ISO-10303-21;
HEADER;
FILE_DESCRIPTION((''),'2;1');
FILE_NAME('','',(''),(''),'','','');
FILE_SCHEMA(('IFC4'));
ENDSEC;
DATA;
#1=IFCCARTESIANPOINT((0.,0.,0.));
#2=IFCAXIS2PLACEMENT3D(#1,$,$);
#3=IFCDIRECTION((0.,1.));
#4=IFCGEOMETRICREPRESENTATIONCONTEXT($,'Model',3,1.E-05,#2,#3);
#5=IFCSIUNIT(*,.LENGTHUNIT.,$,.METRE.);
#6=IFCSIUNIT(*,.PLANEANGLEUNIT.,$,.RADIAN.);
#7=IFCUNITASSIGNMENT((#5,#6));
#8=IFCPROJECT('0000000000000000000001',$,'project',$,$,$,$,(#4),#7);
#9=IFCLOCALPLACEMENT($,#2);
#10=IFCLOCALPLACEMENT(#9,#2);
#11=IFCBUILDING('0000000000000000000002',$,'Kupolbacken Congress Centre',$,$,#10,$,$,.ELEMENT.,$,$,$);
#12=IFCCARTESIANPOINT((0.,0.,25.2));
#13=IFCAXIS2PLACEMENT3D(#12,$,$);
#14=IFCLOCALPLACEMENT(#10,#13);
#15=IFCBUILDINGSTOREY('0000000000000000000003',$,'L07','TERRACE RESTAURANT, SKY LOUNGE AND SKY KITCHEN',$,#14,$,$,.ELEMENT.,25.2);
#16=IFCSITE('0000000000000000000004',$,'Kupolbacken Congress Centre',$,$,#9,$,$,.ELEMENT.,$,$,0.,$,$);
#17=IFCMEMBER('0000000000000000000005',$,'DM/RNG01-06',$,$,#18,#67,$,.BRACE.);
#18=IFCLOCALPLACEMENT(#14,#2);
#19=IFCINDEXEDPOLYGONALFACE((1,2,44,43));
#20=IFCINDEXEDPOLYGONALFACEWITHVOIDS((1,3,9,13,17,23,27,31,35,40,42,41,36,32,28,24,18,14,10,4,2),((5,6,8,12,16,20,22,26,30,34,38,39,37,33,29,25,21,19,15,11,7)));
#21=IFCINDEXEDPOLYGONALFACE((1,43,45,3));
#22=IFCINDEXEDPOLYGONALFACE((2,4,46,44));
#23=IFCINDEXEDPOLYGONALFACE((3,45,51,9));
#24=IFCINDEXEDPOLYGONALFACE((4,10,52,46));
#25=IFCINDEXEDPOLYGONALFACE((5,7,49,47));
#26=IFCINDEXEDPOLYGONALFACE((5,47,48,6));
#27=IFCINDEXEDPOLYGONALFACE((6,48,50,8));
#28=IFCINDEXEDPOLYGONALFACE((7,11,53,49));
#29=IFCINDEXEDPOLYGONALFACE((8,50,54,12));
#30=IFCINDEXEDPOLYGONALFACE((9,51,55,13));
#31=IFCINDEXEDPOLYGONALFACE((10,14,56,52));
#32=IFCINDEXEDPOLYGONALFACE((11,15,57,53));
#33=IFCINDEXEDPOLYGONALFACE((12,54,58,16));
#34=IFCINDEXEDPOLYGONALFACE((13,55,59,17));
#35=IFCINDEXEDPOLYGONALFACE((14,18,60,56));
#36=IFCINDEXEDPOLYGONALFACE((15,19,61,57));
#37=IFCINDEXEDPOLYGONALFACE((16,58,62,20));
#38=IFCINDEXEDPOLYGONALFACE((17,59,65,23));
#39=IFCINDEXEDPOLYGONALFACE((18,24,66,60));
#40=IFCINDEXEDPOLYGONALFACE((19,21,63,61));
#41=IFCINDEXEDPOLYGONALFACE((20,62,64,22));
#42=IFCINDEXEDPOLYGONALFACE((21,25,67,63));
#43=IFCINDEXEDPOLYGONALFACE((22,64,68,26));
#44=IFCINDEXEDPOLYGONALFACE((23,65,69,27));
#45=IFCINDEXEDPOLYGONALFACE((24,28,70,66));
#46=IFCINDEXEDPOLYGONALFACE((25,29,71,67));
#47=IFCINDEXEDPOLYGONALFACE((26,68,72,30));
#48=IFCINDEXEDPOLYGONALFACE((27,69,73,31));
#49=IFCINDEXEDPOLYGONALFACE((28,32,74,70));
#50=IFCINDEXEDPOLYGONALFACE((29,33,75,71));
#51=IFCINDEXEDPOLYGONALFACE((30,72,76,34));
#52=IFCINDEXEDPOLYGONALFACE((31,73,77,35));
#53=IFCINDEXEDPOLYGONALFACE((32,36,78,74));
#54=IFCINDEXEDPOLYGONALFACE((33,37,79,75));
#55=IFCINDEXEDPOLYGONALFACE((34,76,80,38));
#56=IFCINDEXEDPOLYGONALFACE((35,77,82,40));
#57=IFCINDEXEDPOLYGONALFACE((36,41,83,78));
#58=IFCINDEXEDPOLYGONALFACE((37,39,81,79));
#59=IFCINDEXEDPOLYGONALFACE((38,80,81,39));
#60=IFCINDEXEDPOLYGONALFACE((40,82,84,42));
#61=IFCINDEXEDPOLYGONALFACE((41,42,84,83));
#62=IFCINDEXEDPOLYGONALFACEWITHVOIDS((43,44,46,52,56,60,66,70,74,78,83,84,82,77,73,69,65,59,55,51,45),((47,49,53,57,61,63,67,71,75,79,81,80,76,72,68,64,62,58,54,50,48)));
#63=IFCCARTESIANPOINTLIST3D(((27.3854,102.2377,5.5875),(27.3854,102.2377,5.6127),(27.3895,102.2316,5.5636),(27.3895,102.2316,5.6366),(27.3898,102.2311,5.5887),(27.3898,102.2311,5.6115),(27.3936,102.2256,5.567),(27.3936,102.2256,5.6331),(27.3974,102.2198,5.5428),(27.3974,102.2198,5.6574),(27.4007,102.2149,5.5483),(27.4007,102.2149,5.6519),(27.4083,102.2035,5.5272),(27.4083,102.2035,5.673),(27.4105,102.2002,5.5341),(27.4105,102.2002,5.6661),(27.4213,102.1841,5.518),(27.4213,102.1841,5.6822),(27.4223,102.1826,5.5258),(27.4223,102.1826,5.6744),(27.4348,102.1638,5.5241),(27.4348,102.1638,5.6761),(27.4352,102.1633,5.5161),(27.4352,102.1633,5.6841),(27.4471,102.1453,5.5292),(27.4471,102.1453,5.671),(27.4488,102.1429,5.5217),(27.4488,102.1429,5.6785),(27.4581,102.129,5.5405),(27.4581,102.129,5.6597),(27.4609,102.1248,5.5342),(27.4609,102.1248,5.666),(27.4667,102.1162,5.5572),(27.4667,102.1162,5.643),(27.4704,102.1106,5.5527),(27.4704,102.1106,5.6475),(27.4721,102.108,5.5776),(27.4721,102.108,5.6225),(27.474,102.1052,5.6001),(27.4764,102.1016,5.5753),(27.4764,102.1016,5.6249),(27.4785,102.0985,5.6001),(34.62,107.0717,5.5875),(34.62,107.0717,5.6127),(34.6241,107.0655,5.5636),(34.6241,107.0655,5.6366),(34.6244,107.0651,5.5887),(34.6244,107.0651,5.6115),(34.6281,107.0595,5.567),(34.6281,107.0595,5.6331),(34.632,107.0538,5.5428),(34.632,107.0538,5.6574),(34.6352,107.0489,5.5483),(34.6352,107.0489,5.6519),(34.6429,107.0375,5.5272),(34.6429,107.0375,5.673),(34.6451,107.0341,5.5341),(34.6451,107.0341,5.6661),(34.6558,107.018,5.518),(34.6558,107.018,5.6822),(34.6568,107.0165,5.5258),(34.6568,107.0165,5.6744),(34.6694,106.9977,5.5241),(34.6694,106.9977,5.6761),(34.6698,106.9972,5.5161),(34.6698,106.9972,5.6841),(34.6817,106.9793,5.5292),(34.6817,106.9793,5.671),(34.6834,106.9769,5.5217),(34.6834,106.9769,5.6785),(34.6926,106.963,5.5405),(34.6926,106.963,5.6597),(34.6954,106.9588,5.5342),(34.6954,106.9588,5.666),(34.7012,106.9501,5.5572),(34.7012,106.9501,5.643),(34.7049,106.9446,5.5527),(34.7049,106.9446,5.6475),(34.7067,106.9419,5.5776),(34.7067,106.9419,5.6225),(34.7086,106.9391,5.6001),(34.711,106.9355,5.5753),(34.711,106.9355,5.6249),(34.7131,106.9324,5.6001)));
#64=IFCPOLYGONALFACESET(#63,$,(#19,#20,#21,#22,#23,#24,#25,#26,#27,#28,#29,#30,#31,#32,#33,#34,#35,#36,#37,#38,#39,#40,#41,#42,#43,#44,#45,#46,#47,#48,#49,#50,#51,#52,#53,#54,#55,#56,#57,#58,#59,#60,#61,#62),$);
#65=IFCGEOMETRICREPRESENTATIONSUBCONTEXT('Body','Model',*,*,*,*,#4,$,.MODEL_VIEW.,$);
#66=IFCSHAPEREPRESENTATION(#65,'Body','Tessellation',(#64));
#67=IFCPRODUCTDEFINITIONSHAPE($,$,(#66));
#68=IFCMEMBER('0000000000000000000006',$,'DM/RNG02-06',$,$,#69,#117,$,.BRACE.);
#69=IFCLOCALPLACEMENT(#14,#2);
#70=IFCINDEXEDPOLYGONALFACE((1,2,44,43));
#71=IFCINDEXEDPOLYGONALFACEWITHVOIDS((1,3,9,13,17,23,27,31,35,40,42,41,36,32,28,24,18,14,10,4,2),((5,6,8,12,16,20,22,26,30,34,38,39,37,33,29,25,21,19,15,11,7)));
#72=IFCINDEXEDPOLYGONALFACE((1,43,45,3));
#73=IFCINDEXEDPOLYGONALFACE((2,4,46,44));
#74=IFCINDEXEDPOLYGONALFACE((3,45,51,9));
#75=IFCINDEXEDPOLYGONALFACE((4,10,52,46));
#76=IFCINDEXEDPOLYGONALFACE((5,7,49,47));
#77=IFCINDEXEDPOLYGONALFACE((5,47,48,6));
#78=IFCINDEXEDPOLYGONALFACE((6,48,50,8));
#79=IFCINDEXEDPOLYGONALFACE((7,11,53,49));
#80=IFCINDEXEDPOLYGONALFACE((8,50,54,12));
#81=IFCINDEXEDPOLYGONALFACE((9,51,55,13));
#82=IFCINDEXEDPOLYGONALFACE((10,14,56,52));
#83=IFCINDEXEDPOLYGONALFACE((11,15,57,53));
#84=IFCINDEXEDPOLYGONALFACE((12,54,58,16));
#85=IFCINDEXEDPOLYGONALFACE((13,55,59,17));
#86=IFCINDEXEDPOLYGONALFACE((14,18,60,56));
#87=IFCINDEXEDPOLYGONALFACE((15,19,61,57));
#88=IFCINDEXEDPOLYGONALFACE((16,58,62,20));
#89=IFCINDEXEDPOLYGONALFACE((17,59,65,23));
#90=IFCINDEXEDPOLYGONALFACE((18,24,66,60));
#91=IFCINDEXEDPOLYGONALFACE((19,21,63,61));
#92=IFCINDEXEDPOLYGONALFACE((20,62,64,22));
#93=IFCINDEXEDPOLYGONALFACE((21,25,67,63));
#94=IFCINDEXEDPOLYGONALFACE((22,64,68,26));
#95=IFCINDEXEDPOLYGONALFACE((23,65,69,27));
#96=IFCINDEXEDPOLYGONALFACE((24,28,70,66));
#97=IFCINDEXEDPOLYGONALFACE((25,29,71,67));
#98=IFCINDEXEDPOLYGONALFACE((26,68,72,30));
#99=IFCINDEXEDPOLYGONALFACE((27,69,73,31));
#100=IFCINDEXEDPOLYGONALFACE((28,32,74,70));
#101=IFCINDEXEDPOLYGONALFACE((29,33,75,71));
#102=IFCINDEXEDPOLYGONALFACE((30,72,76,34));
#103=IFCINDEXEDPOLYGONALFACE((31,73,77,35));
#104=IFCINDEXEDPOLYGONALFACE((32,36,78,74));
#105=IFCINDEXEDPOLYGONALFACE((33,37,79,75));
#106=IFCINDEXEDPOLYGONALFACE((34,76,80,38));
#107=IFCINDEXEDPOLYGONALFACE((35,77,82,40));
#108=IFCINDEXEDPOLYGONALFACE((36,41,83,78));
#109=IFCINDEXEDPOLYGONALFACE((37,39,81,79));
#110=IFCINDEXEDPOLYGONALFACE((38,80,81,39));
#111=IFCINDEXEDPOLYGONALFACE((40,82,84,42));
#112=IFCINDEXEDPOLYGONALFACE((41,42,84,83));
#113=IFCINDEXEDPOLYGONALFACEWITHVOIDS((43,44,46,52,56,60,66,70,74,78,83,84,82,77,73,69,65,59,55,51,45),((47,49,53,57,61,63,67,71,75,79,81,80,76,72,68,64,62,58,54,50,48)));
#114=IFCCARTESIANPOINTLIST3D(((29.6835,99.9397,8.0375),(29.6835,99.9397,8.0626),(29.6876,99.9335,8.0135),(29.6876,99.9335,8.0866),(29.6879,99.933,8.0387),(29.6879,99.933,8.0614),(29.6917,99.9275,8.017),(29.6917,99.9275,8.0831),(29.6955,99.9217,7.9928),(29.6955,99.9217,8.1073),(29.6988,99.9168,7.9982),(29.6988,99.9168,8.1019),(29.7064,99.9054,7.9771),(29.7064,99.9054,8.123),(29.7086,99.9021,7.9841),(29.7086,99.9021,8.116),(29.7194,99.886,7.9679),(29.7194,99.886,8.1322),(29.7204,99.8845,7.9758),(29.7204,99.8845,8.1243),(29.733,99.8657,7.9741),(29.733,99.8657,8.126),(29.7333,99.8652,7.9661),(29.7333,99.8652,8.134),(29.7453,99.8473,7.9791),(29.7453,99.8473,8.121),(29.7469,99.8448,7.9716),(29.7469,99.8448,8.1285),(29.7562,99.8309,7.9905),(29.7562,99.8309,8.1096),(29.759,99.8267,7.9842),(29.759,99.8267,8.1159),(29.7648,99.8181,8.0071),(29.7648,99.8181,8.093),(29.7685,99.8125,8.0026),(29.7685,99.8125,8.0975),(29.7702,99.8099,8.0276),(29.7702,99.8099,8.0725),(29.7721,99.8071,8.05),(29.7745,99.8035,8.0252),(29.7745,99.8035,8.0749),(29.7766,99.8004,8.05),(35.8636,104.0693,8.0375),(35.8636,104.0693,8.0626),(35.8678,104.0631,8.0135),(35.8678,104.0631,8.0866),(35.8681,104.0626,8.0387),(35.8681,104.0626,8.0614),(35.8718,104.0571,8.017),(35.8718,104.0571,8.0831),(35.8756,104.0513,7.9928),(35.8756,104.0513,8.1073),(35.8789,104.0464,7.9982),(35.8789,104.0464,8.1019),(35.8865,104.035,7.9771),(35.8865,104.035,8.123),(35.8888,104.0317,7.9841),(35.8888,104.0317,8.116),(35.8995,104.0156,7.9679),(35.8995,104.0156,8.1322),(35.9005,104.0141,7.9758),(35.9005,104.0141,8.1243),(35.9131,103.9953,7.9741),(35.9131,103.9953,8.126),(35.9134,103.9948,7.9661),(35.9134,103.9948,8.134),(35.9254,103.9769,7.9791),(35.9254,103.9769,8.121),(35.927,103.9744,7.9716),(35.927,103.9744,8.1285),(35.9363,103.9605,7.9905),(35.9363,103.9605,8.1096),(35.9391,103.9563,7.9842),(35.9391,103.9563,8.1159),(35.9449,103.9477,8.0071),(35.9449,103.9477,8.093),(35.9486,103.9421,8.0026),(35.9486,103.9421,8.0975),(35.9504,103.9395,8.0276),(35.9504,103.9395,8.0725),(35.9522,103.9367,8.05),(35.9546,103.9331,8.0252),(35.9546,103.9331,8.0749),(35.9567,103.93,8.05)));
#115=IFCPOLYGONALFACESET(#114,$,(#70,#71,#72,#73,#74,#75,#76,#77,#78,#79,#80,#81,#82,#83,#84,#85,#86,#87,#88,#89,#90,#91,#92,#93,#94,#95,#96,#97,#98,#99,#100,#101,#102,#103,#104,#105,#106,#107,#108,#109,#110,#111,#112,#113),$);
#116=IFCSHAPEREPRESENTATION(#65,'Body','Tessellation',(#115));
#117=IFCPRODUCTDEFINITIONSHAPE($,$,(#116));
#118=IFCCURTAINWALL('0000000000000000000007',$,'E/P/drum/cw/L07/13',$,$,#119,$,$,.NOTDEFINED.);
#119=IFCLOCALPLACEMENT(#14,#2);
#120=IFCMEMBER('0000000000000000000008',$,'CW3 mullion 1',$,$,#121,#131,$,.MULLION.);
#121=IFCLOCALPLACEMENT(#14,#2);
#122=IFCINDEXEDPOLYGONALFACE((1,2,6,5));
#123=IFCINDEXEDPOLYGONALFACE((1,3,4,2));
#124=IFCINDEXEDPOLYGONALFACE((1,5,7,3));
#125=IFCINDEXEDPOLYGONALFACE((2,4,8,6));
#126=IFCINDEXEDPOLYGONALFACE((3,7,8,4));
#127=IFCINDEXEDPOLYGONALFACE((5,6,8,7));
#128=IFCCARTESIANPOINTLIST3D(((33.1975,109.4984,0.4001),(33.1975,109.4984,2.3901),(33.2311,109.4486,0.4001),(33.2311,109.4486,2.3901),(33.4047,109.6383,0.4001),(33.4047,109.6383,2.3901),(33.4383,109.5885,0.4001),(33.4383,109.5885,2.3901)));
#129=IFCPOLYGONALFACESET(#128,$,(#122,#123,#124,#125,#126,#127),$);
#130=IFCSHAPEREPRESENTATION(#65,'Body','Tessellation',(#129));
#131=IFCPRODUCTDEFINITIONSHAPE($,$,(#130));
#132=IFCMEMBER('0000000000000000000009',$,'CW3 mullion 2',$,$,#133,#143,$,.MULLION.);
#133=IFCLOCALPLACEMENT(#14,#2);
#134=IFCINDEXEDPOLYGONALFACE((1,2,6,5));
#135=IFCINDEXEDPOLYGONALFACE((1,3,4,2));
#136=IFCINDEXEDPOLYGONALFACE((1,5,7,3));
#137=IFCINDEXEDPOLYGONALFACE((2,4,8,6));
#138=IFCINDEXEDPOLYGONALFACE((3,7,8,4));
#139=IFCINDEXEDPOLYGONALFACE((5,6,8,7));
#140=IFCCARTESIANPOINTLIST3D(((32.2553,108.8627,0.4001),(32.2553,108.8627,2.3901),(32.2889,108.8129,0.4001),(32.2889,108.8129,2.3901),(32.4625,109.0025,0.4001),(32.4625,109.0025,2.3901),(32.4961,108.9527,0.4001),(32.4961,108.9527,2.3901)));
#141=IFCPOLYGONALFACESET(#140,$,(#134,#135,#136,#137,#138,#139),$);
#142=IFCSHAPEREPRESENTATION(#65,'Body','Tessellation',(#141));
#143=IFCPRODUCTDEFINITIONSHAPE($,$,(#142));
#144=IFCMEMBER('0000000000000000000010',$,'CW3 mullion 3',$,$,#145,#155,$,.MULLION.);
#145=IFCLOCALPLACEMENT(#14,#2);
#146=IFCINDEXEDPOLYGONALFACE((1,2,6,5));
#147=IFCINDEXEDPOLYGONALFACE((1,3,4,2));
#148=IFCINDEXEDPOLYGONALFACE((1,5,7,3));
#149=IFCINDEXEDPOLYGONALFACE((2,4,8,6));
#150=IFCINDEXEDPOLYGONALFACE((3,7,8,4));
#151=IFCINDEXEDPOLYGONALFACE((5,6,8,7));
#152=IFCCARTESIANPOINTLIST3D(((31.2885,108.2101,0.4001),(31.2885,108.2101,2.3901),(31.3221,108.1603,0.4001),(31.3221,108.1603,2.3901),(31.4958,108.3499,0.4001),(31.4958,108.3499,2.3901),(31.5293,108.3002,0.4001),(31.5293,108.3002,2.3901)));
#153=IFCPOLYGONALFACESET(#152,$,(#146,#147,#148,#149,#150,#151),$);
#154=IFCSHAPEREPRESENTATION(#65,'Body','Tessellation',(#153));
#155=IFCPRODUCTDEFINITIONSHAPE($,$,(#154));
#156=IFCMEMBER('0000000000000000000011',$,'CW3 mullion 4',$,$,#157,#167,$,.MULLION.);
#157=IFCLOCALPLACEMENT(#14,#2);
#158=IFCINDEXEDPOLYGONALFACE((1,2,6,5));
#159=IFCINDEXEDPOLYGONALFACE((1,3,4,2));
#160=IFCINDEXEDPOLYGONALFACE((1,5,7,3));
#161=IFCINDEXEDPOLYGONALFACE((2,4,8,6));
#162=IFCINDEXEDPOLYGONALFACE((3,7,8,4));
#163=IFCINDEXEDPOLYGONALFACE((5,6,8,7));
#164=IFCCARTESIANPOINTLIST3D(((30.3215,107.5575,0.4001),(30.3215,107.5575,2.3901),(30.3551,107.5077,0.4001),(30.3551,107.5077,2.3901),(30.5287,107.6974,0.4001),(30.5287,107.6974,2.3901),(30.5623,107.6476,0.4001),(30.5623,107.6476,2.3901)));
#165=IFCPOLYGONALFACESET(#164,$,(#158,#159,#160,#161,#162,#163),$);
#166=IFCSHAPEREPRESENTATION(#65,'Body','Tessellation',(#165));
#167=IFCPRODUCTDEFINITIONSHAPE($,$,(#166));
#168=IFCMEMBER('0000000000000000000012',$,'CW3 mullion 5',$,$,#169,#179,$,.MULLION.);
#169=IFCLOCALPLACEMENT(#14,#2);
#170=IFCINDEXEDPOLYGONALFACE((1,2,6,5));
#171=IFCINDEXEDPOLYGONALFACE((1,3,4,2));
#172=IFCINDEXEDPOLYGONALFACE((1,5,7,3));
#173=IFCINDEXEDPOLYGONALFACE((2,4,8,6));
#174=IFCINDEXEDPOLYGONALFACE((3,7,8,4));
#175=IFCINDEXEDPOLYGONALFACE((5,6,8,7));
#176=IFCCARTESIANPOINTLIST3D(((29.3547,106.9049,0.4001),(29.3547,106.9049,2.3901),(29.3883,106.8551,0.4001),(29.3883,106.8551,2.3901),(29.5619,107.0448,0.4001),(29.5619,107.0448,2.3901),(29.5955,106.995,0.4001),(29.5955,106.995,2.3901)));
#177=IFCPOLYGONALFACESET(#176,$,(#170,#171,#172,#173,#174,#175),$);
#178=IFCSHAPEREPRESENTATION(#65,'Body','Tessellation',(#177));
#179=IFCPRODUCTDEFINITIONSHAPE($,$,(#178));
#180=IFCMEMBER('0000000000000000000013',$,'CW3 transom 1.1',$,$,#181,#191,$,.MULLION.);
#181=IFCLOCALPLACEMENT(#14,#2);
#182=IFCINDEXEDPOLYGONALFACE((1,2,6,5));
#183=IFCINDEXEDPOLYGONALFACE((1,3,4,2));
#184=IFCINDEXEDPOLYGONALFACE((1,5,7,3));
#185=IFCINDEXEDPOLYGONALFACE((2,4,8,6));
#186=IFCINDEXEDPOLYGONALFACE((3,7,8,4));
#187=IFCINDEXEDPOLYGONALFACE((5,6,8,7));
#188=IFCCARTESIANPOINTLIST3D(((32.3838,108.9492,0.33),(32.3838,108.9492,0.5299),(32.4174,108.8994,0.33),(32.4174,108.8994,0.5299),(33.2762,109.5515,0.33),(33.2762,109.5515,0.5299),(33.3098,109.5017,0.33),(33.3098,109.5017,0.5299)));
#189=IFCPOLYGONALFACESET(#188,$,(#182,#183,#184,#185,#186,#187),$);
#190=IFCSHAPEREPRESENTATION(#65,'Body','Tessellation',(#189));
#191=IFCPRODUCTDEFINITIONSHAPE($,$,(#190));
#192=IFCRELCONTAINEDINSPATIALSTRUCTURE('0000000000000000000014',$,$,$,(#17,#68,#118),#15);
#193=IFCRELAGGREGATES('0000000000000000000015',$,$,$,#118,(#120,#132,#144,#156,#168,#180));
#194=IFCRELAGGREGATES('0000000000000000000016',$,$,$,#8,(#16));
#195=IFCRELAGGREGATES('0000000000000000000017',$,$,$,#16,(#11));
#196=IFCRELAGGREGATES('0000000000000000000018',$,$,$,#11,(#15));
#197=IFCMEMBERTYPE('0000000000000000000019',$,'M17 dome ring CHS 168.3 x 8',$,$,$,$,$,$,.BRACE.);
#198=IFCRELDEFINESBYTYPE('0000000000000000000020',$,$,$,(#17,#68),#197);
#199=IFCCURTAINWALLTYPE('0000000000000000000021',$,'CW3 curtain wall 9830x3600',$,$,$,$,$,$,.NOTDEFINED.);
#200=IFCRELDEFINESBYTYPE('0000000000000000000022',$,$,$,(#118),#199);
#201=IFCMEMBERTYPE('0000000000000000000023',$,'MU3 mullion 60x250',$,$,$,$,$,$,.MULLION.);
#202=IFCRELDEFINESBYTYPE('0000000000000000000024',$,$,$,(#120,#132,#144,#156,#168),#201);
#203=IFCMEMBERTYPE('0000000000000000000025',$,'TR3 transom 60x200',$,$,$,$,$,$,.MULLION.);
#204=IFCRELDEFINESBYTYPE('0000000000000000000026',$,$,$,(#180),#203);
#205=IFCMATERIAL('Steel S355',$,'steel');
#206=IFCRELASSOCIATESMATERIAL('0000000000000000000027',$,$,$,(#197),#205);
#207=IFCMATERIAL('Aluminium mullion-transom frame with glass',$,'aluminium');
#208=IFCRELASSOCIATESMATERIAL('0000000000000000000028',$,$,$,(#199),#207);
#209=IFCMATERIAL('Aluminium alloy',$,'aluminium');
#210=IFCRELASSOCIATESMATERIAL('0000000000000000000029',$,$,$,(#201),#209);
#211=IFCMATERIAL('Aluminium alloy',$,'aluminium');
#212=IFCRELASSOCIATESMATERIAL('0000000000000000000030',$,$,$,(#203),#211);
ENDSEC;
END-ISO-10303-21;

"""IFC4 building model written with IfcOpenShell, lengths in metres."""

from ifc_helpers import new_model, si_unit, direction, frame, origin, origin_2d, place, context, subcontext, project, spatial, rectangle, hollow_circle, extrude, material, material_profile, profile_set, type_object, element, aggregate, save


model = new_model("IFC4")

# Units and contexts
model_context = context("Model", 3, precision=1e-05, world=origin(), true_north=direction((0.0, 1.0)))
body_context = subcontext(model_context, "Body", "Model", "MODEL_VIEW")
ifc_project = project(units=[si_unit("LENGTHUNIT", "METRE"), si_unit("PLANEANGLEUNIT", "RADIAN")], contexts=[model_context])

# Site, building, storey
site_placement = place(None, origin())
site = spatial("IfcSite", under=ifc_project, at=site_placement, Name="Kupolbacken Congress Centre", CompositionType="ELEMENT", RefElevation=0.0)
building_placement = place(site_placement, origin())
building = spatial("IfcBuilding", under=site, at=building_placement, Name="Kupolbacken Congress Centre", CompositionType="ELEMENT")
storey_placement = place(building_placement, frame((0.0, 0.0, 25.2)))
storey = spatial("IfcBuildingStorey", under=building, at=storey_placement, Name="L07", Description="TERRACE RESTAURANT, SKY LOUNGE AND SKY KITCHEN", CompositionType="ELEMENT", Elevation=25.2)

# Members
ifc_material_1 = material(Name="Steel S355", Category="steel")
ifc_material_profile_1 = material_profile(ifc_material_1, hollow_circle(Radius=0.0842, WallThickness=0.0081, at=origin_2d()), Name="CHS 168.3 x 8")
ifc_profile_set_1 = profile_set([ifc_material_profile_1], Name="Steel S355")
member_type_1 = type_object("IfcMemberType", Name="M17 dome ring CHS 168.3 x 8", PredefinedType="BRACE", material=ifc_profile_set_1)
member_1_placement = place(storey_placement, frame((34.6663, 107.0024, 5.6001), z_axis=(-0.831471, -0.555568, 0.0), x_axis=(0.555568, -0.831471, 0.0)))
element("IfcMember", 1, at=member_1_placement, inside=storey, type_object=member_type_1, Name="DM/RNG01-06", PredefinedType="BRACE", context=body_context, shape_type="SweptSolid", body=[
    extrude(hollow_circle(Radius=0.0842, WallThickness=0.0081, at=origin_2d()), origin(), (0.0, 0.0, 1.0), 8.7009),
])
member_2_placement = place(storey_placement, frame((35.9099, 104.0, 8.05), z_axis=(-0.831459, -0.555587, 0.0), x_axis=(0.555587, -0.831459, 0.0)))
element("IfcMember", 2, at=member_2_placement, inside=storey, type_object=member_type_1, Name="DM/RNG02-06", PredefinedType="BRACE", context=body_context, shape_type="SweptSolid", body=[
    extrude(hollow_circle(Radius=0.0842, WallThickness=0.0081, at=origin_2d()), origin(), (0.0, 0.0, 1.0), 7.4329),
])

# Curtain wall, members
ifc_material_2 = material(Name="Aluminium mullion-transom frame with glass", Category="aluminium")
curtain_wall_type = type_object("IfcCurtainWallType", Name="CW3 curtain wall 9830x3600", PredefinedType="NOTDEFINED", material=ifc_material_2)
curtain_wall_placement = place(storey_placement, origin())
curtain_wall = element("IfcCurtainWall", 3, at=curtain_wall_placement, inside=storey, type_object=curtain_wall_type, Name="E/P/drum/cw/L07/13", PredefinedType="NOTDEFINED")
ifc_material_3 = material(Name="Aluminium alloy", Category="aluminium")
ifc_material_profile_2 = material_profile(ifc_material_3, rectangle(XDim=0.0601, YDim=0.25, at=origin_2d()), Name="60 x 250")
ifc_profile_set_2 = profile_set([ifc_material_profile_2], Name="Aluminium alloy")
member_type_2 = type_object("IfcMemberType", Name="MU3 mullion 60x250", PredefinedType="MULLION", material=ifc_profile_set_2)
member_3_placement = place(storey_placement, frame((33.3179, 109.5435, 0.4001), z_axis=(0.0, 0.0, 1.0), x_axis=(0.559386, -0.828908, 0.0)))
member_3 = element("IfcMember", 4, at=member_3_placement, type_object=member_type_2, Name="CW3 mullion 1", PredefinedType="MULLION", context=body_context, shape_type="SweptSolid", body=[
    extrude(rectangle(XDim=0.0601, YDim=0.25, at=origin_2d()), origin(), (0.0, 0.0, 1.0), 1.99),
])
member_4_placement = place(storey_placement, frame((32.3757, 108.9077, 0.4001), z_axis=(0.0, 0.0, 1.0), x_axis=(0.559386, -0.828908, 0.0)))
member_4 = element("IfcMember", 5, at=member_4_placement, type_object=member_type_2, Name="CW3 mullion 2", PredefinedType="MULLION", context=body_context, shape_type="SweptSolid", body=[
    extrude(rectangle(XDim=0.0601, YDim=0.25, at=origin_2d()), origin(), (0.0, 0.0, 1.0), 1.99),
])
member_5_placement = place(storey_placement, frame((31.4089, 108.2551, 0.4001), z_axis=(0.0, 0.0, 1.0), x_axis=(0.559386, -0.828908, 0.0)))
member_5 = element("IfcMember", 6, at=member_5_placement, type_object=member_type_2, Name="CW3 mullion 3", PredefinedType="MULLION", context=body_context, shape_type="SweptSolid", body=[
    extrude(rectangle(XDim=0.0601, YDim=0.25, at=origin_2d()), origin(), (0.0, 0.0, 1.0), 1.99),
])
member_6_placement = place(storey_placement, frame((30.4419, 107.6025, 0.4001), z_axis=(0.0, 0.0, 1.0), x_axis=(0.559386, -0.828908, 0.0)))
member_6 = element("IfcMember", 7, at=member_6_placement, type_object=member_type_2, Name="CW3 mullion 4", PredefinedType="MULLION", context=body_context, shape_type="SweptSolid", body=[
    extrude(rectangle(XDim=0.0601, YDim=0.25, at=origin_2d()), origin(), (0.0, 0.0, 1.0), 1.99),
])
member_7_placement = place(storey_placement, frame((29.4751, 106.95, 0.4001), z_axis=(0.0, 0.0, 1.0), x_axis=(0.559386, -0.828908, 0.0)))
member_7 = element("IfcMember", 8, at=member_7_placement, type_object=member_type_2, Name="CW3 mullion 5", PredefinedType="MULLION", context=body_context, shape_type="SweptSolid", body=[
    extrude(rectangle(XDim=0.0601, YDim=0.25, at=origin_2d()), origin(), (0.0, 0.0, 1.0), 1.99),
])
ifc_material_4 = material(Name="Aluminium alloy", Category="aluminium")
ifc_material_profile_3 = material_profile(ifc_material_4, rectangle(XDim=0.0601, YDim=0.2, at=origin_2d()), Name="60 x 200")
ifc_profile_set_3 = profile_set([ifc_material_profile_3], Name="Aluminium alloy")
member_type_3 = type_object("IfcMemberType", Name="TR3 transom 60x200", PredefinedType="MULLION", material=ifc_profile_set_3)
member_8_placement = place(storey_placement, frame((33.293, 109.5266, 0.4299), z_axis=(-0.828862, -0.559453, 0.0), x_axis=(0.559453, -0.828862, 0.0)))
member_8 = element("IfcMember", 9, at=member_8_placement, type_object=member_type_3, Name="CW3 transom 1.1", PredefinedType="MULLION", context=body_context, shape_type="SweptSolid", body=[
    extrude(rectangle(XDim=0.0601, YDim=0.2, at=origin_2d()), origin(), (0.0, 0.0, 1.0), 1.0767),
])
aggregate(curtain_wall, [member_3, member_4, member_5, member_6, member_7, member_8])

save(model, "model.ifc")
